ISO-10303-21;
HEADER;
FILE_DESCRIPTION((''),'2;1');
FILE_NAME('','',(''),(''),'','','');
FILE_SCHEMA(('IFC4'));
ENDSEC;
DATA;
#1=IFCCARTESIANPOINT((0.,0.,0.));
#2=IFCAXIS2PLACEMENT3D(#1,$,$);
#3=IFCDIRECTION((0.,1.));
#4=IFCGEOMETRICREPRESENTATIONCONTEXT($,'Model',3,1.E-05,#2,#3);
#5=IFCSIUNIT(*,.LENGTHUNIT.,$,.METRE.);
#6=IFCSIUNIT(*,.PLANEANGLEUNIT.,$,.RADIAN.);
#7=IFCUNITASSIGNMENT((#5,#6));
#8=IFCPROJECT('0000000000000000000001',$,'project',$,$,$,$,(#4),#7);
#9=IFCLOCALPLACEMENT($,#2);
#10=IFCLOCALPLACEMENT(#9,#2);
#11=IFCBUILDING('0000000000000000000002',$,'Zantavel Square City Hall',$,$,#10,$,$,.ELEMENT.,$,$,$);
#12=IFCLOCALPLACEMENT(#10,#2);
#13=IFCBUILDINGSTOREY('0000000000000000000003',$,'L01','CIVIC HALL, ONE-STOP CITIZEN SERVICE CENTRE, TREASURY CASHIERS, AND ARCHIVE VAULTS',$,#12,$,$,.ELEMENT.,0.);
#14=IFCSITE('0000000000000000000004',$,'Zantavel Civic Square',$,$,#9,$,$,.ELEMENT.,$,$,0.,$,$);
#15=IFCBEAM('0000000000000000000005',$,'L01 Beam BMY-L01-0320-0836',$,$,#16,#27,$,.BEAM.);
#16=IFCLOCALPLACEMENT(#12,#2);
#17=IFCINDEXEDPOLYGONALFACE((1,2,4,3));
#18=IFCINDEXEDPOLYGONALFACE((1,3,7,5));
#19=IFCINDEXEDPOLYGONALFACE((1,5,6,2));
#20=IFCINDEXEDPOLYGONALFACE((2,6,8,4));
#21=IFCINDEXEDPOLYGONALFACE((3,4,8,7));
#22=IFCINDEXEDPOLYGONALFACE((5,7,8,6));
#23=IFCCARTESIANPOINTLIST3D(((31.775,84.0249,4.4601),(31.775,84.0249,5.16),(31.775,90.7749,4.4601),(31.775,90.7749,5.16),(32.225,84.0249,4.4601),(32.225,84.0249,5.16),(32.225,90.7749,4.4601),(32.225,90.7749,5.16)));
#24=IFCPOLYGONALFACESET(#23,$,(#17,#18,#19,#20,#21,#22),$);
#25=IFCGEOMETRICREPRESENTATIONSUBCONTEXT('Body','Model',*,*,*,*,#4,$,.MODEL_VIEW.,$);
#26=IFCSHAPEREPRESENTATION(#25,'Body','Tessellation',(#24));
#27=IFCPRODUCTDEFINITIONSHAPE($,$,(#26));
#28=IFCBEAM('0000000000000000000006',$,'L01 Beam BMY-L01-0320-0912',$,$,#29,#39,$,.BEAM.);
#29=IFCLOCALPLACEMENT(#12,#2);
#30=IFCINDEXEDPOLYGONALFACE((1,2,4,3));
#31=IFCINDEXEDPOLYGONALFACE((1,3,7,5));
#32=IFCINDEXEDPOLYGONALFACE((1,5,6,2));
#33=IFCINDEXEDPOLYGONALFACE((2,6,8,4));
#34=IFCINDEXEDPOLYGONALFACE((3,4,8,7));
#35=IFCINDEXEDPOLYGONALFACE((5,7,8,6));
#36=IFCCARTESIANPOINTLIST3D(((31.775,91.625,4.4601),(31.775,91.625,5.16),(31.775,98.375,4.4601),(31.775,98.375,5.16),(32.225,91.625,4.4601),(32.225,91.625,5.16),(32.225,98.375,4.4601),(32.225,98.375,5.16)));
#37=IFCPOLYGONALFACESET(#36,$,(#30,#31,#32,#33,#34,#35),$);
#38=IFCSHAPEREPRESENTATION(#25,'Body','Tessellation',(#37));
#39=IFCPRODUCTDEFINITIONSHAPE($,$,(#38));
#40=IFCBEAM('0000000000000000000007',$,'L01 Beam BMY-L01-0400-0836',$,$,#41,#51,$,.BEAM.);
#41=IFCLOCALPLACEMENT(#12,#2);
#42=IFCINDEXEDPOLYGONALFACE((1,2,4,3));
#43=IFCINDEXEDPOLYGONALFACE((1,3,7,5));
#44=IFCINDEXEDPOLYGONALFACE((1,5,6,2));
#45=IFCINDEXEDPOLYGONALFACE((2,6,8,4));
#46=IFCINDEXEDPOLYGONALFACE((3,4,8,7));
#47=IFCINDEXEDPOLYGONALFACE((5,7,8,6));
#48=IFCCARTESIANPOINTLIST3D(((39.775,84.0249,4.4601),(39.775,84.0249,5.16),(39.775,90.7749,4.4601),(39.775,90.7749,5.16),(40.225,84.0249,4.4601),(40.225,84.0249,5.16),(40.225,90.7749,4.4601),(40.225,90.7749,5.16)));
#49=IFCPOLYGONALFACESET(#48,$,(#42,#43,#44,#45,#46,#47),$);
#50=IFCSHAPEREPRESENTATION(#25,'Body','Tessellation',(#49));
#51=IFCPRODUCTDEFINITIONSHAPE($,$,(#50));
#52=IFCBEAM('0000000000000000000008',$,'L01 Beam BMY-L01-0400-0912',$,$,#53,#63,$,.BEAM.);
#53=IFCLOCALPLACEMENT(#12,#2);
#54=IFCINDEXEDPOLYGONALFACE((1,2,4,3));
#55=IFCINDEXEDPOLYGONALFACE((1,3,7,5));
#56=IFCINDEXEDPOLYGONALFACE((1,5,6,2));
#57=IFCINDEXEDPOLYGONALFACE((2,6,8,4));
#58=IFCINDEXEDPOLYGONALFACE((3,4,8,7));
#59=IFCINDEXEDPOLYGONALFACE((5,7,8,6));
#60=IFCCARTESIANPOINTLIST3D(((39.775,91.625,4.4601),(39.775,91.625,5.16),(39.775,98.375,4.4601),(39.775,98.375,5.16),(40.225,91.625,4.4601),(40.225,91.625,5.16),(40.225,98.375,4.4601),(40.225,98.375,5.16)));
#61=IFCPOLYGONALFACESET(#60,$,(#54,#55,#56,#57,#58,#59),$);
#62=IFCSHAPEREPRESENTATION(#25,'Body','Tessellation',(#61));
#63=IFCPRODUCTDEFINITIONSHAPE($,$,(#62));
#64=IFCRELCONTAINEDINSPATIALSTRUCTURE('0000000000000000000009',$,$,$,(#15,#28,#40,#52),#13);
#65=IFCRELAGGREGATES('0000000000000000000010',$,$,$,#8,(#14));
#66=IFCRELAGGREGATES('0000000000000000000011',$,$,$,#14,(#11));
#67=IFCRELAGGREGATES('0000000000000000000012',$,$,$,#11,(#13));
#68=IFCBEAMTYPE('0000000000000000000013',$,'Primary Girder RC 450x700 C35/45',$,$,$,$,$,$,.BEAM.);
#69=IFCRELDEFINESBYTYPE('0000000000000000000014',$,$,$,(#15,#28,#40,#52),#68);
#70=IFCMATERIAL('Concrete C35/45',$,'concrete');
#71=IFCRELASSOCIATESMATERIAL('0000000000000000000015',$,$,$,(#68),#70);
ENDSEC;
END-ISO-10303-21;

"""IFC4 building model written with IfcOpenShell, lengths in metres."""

from ifc_helpers import new_model, si_unit, direction, frame, origin, origin_2d, place, context, subcontext, project, spatial, rectangle, extrude, material, material_profile, profile_set, type_object, element, save


model = new_model("IFC4")

# Units and contexts
model_context = context("Model", 3, precision=1e-05, world=origin(), true_north=direction((0.0, 1.0)))
body_context = subcontext(model_context, "Body", "Model", "MODEL_VIEW")
ifc_project = project(units=[si_unit("LENGTHUNIT", "METRE"), si_unit("PLANEANGLEUNIT", "RADIAN")], contexts=[model_context])

# Site, building, storey
site_placement = place(None, origin())
site = spatial("IfcSite", under=ifc_project, at=site_placement, Name="Zantavel Civic Square", CompositionType="ELEMENT", RefElevation=0.0)
building_placement = place(site_placement, origin())
building = spatial("IfcBuilding", under=site, at=building_placement, Name="Zantavel Square City Hall", CompositionType="ELEMENT")
storey_placement = place(building_placement, origin())
storey = spatial("IfcBuildingStorey", under=building, at=storey_placement, Name="L01", Description="CIVIC HALL, ONE-STOP CITIZEN SERVICE CENTRE, TREASURY CASHIERS, AND ARCHIVE VAULTS", CompositionType="ELEMENT", Elevation=0.0)

# Beams
ifc_material_1 = material(Name="Concrete C35/45", Category="concrete")
ifc_material_profile_1 = material_profile(ifc_material_1, rectangle(XDim=0.45, YDim=0.7, at=origin_2d()), Name="RC 450x700")
ifc_profile_set_1 = profile_set([ifc_material_profile_1], Name="Concrete C35/45")
beam_type_1 = type_object("IfcBeamType", Name="Primary Girder RC 450x700 C35/45", PredefinedType="BEAM", material=ifc_profile_set_1)
for number, where, z_axis, x_axis, name in (
    (1, (32.0, 84.0249, 4.8101), (0.0, 1.0, 0.0), (-1.0, 0.0, 0.0), "L01 Beam BMY-L01-0320-0836"),
    (2, (32.0, 91.625, 4.8101), (0.0, 1.0, 0.0), (-1.0, 0.0, 0.0), "L01 Beam BMY-L01-0320-0912"),
    (3, (40.0, 84.0249, 4.8101), (0.0, 1.0, 0.0), (-1.0, 0.0, 0.0), "L01 Beam BMY-L01-0400-0836"),
    (4, (40.0, 91.625, 4.8101), (0.0, 1.0, 0.0), (-1.0, 0.0, 0.0), "L01 Beam BMY-L01-0400-0912"),
):
    element("IfcBeam", number, at=place(storey_placement, frame(where, z_axis=z_axis, x_axis=x_axis)), inside=storey, type_object=beam_type_1, Name=name, PredefinedType="BEAM", context=body_context, shape_type="SweptSolid", body=[
        extrude(rectangle(XDim=0.45, YDim=0.7, at=origin_2d()), origin(), (0.0, 0.0, 1.0), 6.75),
    ])

save(model, "model.ifc")
